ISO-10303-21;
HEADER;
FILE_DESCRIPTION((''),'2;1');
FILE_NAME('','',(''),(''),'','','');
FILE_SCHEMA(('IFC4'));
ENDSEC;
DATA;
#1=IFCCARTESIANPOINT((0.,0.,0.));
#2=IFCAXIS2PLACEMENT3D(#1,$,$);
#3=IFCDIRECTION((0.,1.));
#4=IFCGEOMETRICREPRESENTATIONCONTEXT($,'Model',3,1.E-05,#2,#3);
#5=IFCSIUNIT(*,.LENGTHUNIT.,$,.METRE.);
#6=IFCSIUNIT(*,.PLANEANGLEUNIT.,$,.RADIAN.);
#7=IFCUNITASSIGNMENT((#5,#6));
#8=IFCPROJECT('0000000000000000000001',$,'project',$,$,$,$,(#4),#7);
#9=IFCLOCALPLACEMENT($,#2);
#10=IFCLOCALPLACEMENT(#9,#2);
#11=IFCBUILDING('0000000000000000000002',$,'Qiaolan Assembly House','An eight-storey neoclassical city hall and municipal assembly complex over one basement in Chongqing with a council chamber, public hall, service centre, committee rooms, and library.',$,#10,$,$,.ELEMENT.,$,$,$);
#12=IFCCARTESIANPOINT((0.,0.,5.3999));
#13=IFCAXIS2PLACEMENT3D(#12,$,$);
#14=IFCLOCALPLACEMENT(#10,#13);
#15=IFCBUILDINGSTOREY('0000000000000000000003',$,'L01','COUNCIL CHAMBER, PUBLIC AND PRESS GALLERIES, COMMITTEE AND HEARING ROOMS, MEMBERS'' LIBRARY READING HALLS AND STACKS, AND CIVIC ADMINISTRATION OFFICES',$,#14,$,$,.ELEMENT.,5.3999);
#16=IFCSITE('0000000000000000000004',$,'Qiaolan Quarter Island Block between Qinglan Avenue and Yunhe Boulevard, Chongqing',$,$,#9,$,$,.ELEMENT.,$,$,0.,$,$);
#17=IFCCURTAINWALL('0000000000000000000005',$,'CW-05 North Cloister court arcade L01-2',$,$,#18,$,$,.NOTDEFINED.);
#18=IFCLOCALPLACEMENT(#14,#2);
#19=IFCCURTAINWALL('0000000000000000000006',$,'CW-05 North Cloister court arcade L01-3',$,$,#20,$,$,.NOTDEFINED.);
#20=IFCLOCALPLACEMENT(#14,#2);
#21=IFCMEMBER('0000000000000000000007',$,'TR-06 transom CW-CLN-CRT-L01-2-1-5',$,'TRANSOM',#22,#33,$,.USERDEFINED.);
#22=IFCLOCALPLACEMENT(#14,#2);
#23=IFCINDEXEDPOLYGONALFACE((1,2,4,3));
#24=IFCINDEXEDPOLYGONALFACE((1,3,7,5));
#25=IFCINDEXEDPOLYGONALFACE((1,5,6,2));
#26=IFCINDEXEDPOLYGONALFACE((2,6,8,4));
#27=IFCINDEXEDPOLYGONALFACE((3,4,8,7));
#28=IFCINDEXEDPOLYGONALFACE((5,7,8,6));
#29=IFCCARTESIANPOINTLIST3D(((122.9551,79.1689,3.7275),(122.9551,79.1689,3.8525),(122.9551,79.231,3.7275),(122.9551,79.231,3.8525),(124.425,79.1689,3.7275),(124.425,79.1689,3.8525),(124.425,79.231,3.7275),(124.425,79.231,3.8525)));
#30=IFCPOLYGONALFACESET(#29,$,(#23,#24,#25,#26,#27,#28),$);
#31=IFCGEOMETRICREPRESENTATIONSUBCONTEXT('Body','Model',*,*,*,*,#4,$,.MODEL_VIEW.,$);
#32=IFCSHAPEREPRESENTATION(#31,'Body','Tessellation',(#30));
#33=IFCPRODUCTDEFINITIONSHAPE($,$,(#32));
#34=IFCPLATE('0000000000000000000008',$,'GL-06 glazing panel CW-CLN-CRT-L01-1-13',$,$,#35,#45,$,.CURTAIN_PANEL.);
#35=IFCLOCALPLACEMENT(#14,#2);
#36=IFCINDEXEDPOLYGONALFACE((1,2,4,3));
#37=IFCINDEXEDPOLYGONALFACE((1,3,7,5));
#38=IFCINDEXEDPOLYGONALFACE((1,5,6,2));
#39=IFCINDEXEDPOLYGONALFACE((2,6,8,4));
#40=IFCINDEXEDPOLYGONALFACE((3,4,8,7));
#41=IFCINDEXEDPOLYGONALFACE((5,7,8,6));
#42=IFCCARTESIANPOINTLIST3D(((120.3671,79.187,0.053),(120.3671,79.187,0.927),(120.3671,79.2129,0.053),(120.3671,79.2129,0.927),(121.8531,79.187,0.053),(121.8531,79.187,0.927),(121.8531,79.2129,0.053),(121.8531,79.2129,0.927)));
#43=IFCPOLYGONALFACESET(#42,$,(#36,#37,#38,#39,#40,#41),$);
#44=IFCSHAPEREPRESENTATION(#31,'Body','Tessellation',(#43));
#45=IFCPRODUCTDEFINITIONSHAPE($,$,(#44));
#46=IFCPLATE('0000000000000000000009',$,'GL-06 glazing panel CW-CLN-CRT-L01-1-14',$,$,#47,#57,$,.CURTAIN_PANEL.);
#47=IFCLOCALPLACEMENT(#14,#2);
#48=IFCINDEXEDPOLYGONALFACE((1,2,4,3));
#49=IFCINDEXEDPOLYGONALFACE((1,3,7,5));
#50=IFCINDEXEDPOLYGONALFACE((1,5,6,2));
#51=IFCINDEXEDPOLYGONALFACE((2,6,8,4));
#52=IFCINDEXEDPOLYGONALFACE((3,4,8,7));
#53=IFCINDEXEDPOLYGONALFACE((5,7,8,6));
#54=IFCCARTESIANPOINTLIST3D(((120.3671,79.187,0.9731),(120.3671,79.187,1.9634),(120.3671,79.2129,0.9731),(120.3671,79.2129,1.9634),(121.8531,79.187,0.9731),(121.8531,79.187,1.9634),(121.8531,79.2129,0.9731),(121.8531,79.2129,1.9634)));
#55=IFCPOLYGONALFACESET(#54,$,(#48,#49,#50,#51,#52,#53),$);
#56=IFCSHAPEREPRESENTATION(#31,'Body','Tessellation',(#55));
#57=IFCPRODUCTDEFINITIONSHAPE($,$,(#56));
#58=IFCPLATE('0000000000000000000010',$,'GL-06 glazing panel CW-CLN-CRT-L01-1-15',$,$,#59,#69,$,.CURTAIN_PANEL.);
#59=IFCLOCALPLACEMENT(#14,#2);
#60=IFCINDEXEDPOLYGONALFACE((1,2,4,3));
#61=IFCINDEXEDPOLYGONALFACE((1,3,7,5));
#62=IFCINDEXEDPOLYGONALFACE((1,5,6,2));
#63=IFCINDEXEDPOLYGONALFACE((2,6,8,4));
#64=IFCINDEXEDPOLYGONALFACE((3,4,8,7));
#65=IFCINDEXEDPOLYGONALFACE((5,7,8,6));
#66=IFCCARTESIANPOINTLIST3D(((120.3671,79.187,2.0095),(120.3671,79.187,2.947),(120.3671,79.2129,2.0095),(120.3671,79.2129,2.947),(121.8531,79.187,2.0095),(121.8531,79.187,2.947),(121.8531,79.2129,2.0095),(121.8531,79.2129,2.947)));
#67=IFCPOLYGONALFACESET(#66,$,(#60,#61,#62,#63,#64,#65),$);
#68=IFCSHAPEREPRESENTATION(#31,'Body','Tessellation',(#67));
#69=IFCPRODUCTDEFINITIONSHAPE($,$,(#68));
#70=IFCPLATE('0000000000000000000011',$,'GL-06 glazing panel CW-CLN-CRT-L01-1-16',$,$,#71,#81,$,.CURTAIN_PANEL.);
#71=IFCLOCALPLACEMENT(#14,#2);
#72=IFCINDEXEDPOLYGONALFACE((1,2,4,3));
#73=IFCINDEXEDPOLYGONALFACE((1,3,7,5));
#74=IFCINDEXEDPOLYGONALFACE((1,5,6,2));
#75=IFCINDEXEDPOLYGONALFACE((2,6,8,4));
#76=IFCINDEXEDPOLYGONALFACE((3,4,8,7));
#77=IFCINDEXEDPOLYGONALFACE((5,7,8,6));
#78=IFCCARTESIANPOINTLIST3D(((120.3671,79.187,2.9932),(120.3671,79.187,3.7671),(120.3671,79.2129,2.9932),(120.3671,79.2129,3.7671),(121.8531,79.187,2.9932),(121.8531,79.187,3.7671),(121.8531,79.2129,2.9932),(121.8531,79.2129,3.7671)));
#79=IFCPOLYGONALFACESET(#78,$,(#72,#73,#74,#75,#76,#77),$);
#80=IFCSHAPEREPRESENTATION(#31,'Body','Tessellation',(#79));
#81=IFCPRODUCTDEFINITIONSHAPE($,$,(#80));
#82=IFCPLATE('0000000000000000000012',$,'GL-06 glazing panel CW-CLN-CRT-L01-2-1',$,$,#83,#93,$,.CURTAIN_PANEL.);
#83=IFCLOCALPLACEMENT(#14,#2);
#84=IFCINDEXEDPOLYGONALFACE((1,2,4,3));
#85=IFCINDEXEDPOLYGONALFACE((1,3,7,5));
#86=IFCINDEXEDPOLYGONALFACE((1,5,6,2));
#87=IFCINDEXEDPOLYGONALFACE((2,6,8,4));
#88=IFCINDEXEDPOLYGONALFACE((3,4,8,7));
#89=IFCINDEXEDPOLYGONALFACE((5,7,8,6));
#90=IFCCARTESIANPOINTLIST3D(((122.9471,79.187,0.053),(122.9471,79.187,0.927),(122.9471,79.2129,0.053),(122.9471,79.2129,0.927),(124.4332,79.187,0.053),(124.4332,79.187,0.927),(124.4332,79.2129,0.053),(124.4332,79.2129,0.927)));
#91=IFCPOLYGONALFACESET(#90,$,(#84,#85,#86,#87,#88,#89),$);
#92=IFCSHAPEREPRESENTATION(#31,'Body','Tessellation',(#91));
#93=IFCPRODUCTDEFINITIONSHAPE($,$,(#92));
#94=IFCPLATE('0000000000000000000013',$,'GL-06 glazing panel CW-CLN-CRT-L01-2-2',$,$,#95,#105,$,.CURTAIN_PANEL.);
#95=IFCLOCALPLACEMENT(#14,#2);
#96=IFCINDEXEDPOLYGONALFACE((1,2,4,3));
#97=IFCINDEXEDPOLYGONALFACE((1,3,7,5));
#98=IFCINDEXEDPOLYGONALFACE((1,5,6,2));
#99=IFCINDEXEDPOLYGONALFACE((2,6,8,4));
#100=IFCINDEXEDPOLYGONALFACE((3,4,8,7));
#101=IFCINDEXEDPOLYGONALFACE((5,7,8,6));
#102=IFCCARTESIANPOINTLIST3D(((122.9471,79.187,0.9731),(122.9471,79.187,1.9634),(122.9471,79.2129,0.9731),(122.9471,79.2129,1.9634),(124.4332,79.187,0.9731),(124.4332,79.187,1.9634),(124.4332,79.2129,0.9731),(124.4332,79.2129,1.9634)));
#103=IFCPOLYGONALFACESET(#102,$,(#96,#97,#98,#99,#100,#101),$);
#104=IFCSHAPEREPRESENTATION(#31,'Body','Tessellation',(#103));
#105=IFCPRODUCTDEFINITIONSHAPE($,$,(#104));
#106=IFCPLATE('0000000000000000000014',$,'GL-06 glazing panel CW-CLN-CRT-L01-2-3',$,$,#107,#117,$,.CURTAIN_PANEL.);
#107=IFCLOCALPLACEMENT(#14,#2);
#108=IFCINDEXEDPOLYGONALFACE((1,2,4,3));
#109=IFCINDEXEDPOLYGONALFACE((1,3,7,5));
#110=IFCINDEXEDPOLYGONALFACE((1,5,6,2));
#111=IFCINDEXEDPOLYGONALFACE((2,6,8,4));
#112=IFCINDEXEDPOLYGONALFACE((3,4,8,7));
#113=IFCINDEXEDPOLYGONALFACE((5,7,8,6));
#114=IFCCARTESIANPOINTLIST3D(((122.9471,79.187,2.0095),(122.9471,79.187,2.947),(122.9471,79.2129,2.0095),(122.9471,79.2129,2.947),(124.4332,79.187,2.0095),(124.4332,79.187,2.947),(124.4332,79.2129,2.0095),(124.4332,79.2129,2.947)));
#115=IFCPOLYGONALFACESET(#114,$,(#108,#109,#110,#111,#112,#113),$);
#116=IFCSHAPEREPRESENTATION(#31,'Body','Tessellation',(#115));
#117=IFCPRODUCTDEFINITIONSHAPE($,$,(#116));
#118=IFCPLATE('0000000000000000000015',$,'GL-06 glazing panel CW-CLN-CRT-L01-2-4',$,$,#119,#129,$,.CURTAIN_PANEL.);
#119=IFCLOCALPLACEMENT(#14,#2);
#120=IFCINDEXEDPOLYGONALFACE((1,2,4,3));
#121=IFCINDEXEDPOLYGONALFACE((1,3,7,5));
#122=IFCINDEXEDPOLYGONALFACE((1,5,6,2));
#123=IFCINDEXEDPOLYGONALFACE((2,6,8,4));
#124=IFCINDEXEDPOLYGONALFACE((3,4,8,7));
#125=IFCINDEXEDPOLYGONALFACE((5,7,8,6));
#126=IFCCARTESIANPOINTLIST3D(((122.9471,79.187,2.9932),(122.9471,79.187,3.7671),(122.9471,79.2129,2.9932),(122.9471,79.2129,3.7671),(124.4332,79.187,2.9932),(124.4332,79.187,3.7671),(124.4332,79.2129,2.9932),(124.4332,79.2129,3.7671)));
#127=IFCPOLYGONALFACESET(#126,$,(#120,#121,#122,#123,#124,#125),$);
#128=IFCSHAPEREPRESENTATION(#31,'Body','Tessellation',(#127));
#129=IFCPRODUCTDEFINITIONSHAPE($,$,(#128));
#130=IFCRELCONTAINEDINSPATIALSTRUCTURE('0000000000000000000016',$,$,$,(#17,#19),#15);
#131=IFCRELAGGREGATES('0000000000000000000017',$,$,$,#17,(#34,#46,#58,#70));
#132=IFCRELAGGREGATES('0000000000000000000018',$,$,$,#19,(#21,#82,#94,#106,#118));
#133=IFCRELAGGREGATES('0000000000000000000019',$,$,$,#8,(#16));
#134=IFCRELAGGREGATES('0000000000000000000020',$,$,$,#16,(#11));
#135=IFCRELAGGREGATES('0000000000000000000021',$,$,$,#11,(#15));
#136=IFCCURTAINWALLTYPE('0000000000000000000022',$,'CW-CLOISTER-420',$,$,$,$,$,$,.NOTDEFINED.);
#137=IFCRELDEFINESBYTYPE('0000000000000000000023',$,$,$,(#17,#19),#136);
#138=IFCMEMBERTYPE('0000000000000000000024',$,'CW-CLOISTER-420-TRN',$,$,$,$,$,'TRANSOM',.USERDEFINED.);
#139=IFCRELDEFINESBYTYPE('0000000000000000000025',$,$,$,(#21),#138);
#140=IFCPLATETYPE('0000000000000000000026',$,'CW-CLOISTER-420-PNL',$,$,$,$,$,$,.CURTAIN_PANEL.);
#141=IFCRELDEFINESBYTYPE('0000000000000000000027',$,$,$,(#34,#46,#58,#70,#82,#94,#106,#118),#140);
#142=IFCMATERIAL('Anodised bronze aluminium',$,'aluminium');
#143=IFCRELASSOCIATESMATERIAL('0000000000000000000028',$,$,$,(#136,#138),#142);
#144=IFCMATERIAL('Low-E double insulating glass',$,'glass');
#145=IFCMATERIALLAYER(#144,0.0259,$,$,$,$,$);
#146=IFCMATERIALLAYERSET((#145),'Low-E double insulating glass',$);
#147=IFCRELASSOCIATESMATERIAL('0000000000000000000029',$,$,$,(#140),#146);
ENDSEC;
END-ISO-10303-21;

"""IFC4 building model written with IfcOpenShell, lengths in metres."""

from ifc_helpers import new_model, si_unit, direction, frame, frame_2d, origin, origin_2d, place, context, subcontext, project, spatial, rectangle, extrude, material, layer, layer_set, material_profile, profile_set, type_object, element, aggregate, save


model = new_model("IFC4")

# Units and contexts
model_context = context("Model", 3, precision=1e-05, world=origin(), true_north=direction((0.0, 1.0)))
body_context = subcontext(model_context, "Body", "Model", "MODEL_VIEW")
ifc_project = project(units=[si_unit("LENGTHUNIT", "METRE"), si_unit("PLANEANGLEUNIT", "RADIAN")], contexts=[model_context])

# Site, building, storey
site_placement = place(None, origin())
site = spatial("IfcSite", under=ifc_project, at=site_placement, Name="Qiaolan Quarter Island Block between Qinglan Avenue and Yunhe Boulevard, Chongqing", CompositionType="ELEMENT", RefElevation=0.0)
building_placement = place(site_placement, origin())
building = spatial("IfcBuilding", under=site, at=building_placement, Name="Qiaolan Assembly House", Description="An eight-storey neoclassical city hall and municipal assembly complex over one basement in Chongqing with a council chamber, public hall, service centre, committee rooms, and library.", CompositionType="ELEMENT")
storey_placement = place(building_placement, frame((0.0, 0.0, 5.3999)))
storey = spatial("IfcBuildingStorey", under=building, at=storey_placement, Name="L01", Description="COUNCIL CHAMBER, PUBLIC AND PRESS GALLERIES, COMMITTEE AND HEARING ROOMS, MEMBERS' LIBRARY READING HALLS AND STACKS, AND CIVIC ADMINISTRATION OFFICES", CompositionType="ELEMENT", Elevation=5.3999)

# Curtain wall
ifc_material_1 = material(Name="Anodised bronze aluminium", Category="aluminium")
curtain_wall_type = type_object("IfcCurtainWallType", Name="CW-CLOISTER-420", PredefinedType="NOTDEFINED", material=ifc_material_1)
curtain_wall_1_placement = place(storey_placement, origin())
curtain_wall_1 = element("IfcCurtainWall", 1, at=curtain_wall_1_placement, inside=storey, type_object=curtain_wall_type, Name="CW-05 North Cloister court arcade L01-2", PredefinedType="NOTDEFINED")

# Curtain wall
curtain_wall_2_placement = place(storey_placement, origin())
curtain_wall_2 = element("IfcCurtainWall", 2, at=curtain_wall_2_placement, inside=storey, type_object=curtain_wall_type, Name="CW-05 North Cloister court arcade L01-3", PredefinedType="NOTDEFINED")

# Member
ifc_material_profile_1 = material_profile(ifc_material_1, rectangle(XDim=0.062, YDim=0.125, at=origin_2d()), Name="TRN 62x125")
ifc_profile_set_1 = profile_set([ifc_material_profile_1], Name="Anodised bronze aluminium")
member_type_1 = type_object("IfcMemberType", Name="CW-CLOISTER-420-TRN", ElementType="TRANSOM", PredefinedType="USERDEFINED", material=ifc_profile_set_1)
member_1_placement = place(storey_placement, frame((122.9551, 79.2, 3.79), z_axis=(1.0, 0.0, 0.0), x_axis=(0.0, 1.0, 0.0)))
member_1 = element("IfcMember", 3, at=member_1_placement, type_object=member_type_1, Name="TR-06 transom CW-CLN-CRT-L01-2-1-5", ObjectType="TRANSOM", PredefinedType="USERDEFINED", context=body_context, shape_type="SweptSolid", body=[
    extrude(rectangle(XDim=0.062, YDim=0.125, at=origin_2d()), origin(), (0.0, 0.0, 1.0), 1.47),
])

# Plates
ifc_material_2 = material(Name="Low-E double insulating glass", Category="glass")
ifc_layer = layer(ifc_material_2, 0.0259)
ifc_layer_set = layer_set([ifc_layer], Name="Low-E double insulating glass")
plate_type = type_object("IfcPlateType", Name="CW-CLOISTER-420-PNL", PredefinedType="CURTAIN_PANEL", material=ifc_layer_set)
plate_1_placement = place(storey_placement, frame((120.3669, 79.2, 0.053), z_axis=(0.0, 0.0, 1.0), x_axis=(1.0, 0.0, 0.0)))
plate_1 = element("IfcPlate", 4, at=plate_1_placement, type_object=plate_type, Name="GL-06 glazing panel CW-CLN-CRT-L01-1-13", PredefinedType="CURTAIN_PANEL", context=body_context, shape_type="SweptSolid", body=[
    extrude(rectangle(XDim=1.4861, YDim=0.0259, at=frame_2d((0.7432, 0.0))), origin(), (0.0, 0.0, 1.0), 0.874),
])
plate_2_placement = place(storey_placement, frame((120.3669, 79.2, 0.9731), z_axis=(0.0, 0.0, 1.0), x_axis=(1.0, 0.0, 0.0)))
plate_2 = element("IfcPlate", 5, at=plate_2_placement, type_object=plate_type, Name="GL-06 glazing panel CW-CLN-CRT-L01-1-14", PredefinedType="CURTAIN_PANEL", context=body_context, shape_type="SweptSolid", body=[
    extrude(rectangle(XDim=1.4861, YDim=0.0259, at=frame_2d((0.7432, 0.0))), origin(), (0.0, 0.0, 1.0), 0.9902),
])
plate_3_placement = place(storey_placement, frame((120.3669, 79.2, 2.0095), z_axis=(0.0, 0.0, 1.0), x_axis=(1.0, 0.0, 0.0)))
plate_3 = element("IfcPlate", 6, at=plate_3_placement, type_object=plate_type, Name="GL-06 glazing panel CW-CLN-CRT-L01-1-15", PredefinedType="CURTAIN_PANEL", context=body_context, shape_type="SweptSolid", body=[
    extrude(rectangle(XDim=1.4861, YDim=0.0259, at=frame_2d((0.7432, 0.0))), origin(), (0.0, 0.0, 1.0), 0.9375),
])
plate_4_placement = place(storey_placement, frame((120.3669, 79.2, 2.9932), z_axis=(0.0, 0.0, 1.0), x_axis=(1.0, 0.0, 0.0)))
plate_4 = element("IfcPlate", 7, at=plate_4_placement, type_object=plate_type, Name="GL-06 glazing panel CW-CLN-CRT-L01-1-16", PredefinedType="CURTAIN_PANEL", context=body_context, shape_type="SweptSolid", body=[
    extrude(rectangle(XDim=1.4861, YDim=0.0259, at=frame_2d((0.7432, 0.0))), origin(), (0.0, 0.0, 1.0), 0.7739),
])
aggregate(curtain_wall_1, [plate_1, plate_2, plate_3, plate_4])
plate_5_placement = place(storey_placement, frame((122.947, 79.2, 0.053), z_axis=(0.0, 0.0, 1.0), x_axis=(1.0, 0.0, 0.0)))
plate_5 = element("IfcPlate", 8, at=plate_5_placement, type_object=plate_type, Name="GL-06 glazing panel CW-CLN-CRT-L01-2-1", PredefinedType="CURTAIN_PANEL", context=body_context, shape_type="SweptSolid", body=[
    extrude(rectangle(XDim=1.4861, YDim=0.0259, at=frame_2d((0.7432, 0.0))), origin(), (0.0, 0.0, 1.0), 0.874),
])
plate_6_placement = place(storey_placement, frame((122.947, 79.2, 0.9731), z_axis=(0.0, 0.0, 1.0), x_axis=(1.0, 0.0, 0.0)))
plate_6 = element("IfcPlate", 9, at=plate_6_placement, type_object=plate_type, Name="GL-06 glazing panel CW-CLN-CRT-L01-2-2", PredefinedType="CURTAIN_PANEL", context=body_context, shape_type="SweptSolid", body=[
    extrude(rectangle(XDim=1.4861, YDim=0.0259, at=frame_2d((0.7432, 0.0))), origin(), (0.0, 0.0, 1.0), 0.9902),
])
plate_7_placement = place(storey_placement, frame((122.947, 79.2, 2.0095), z_axis=(0.0, 0.0, 1.0), x_axis=(1.0, 0.0, 0.0)))
plate_7 = element("IfcPlate", 10, at=plate_7_placement, type_object=plate_type, Name="GL-06 glazing panel CW-CLN-CRT-L01-2-3", PredefinedType="CURTAIN_PANEL", context=body_context, shape_type="SweptSolid", body=[
    extrude(rectangle(XDim=1.4861, YDim=0.0259, at=frame_2d((0.7432, 0.0))), origin(), (0.0, 0.0, 1.0), 0.9375),
])
plate_8_placement = place(storey_placement, frame((122.947, 79.2, 2.9932), z_axis=(0.0, 0.0, 1.0), x_axis=(1.0, 0.0, 0.0)))
plate_8 = element("IfcPlate", 11, at=plate_8_placement, type_object=plate_type, Name="GL-06 glazing panel CW-CLN-CRT-L01-2-4", PredefinedType="CURTAIN_PANEL", context=body_context, shape_type="SweptSolid", body=[
    extrude(rectangle(XDim=1.4861, YDim=0.0259, at=frame_2d((0.7432, 0.0))), origin(), (0.0, 0.0, 1.0), 0.7739),
])
aggregate(curtain_wall_2, [member_1, plate_5, plate_6, plate_7, plate_8])

save(model, "model.ifc")
